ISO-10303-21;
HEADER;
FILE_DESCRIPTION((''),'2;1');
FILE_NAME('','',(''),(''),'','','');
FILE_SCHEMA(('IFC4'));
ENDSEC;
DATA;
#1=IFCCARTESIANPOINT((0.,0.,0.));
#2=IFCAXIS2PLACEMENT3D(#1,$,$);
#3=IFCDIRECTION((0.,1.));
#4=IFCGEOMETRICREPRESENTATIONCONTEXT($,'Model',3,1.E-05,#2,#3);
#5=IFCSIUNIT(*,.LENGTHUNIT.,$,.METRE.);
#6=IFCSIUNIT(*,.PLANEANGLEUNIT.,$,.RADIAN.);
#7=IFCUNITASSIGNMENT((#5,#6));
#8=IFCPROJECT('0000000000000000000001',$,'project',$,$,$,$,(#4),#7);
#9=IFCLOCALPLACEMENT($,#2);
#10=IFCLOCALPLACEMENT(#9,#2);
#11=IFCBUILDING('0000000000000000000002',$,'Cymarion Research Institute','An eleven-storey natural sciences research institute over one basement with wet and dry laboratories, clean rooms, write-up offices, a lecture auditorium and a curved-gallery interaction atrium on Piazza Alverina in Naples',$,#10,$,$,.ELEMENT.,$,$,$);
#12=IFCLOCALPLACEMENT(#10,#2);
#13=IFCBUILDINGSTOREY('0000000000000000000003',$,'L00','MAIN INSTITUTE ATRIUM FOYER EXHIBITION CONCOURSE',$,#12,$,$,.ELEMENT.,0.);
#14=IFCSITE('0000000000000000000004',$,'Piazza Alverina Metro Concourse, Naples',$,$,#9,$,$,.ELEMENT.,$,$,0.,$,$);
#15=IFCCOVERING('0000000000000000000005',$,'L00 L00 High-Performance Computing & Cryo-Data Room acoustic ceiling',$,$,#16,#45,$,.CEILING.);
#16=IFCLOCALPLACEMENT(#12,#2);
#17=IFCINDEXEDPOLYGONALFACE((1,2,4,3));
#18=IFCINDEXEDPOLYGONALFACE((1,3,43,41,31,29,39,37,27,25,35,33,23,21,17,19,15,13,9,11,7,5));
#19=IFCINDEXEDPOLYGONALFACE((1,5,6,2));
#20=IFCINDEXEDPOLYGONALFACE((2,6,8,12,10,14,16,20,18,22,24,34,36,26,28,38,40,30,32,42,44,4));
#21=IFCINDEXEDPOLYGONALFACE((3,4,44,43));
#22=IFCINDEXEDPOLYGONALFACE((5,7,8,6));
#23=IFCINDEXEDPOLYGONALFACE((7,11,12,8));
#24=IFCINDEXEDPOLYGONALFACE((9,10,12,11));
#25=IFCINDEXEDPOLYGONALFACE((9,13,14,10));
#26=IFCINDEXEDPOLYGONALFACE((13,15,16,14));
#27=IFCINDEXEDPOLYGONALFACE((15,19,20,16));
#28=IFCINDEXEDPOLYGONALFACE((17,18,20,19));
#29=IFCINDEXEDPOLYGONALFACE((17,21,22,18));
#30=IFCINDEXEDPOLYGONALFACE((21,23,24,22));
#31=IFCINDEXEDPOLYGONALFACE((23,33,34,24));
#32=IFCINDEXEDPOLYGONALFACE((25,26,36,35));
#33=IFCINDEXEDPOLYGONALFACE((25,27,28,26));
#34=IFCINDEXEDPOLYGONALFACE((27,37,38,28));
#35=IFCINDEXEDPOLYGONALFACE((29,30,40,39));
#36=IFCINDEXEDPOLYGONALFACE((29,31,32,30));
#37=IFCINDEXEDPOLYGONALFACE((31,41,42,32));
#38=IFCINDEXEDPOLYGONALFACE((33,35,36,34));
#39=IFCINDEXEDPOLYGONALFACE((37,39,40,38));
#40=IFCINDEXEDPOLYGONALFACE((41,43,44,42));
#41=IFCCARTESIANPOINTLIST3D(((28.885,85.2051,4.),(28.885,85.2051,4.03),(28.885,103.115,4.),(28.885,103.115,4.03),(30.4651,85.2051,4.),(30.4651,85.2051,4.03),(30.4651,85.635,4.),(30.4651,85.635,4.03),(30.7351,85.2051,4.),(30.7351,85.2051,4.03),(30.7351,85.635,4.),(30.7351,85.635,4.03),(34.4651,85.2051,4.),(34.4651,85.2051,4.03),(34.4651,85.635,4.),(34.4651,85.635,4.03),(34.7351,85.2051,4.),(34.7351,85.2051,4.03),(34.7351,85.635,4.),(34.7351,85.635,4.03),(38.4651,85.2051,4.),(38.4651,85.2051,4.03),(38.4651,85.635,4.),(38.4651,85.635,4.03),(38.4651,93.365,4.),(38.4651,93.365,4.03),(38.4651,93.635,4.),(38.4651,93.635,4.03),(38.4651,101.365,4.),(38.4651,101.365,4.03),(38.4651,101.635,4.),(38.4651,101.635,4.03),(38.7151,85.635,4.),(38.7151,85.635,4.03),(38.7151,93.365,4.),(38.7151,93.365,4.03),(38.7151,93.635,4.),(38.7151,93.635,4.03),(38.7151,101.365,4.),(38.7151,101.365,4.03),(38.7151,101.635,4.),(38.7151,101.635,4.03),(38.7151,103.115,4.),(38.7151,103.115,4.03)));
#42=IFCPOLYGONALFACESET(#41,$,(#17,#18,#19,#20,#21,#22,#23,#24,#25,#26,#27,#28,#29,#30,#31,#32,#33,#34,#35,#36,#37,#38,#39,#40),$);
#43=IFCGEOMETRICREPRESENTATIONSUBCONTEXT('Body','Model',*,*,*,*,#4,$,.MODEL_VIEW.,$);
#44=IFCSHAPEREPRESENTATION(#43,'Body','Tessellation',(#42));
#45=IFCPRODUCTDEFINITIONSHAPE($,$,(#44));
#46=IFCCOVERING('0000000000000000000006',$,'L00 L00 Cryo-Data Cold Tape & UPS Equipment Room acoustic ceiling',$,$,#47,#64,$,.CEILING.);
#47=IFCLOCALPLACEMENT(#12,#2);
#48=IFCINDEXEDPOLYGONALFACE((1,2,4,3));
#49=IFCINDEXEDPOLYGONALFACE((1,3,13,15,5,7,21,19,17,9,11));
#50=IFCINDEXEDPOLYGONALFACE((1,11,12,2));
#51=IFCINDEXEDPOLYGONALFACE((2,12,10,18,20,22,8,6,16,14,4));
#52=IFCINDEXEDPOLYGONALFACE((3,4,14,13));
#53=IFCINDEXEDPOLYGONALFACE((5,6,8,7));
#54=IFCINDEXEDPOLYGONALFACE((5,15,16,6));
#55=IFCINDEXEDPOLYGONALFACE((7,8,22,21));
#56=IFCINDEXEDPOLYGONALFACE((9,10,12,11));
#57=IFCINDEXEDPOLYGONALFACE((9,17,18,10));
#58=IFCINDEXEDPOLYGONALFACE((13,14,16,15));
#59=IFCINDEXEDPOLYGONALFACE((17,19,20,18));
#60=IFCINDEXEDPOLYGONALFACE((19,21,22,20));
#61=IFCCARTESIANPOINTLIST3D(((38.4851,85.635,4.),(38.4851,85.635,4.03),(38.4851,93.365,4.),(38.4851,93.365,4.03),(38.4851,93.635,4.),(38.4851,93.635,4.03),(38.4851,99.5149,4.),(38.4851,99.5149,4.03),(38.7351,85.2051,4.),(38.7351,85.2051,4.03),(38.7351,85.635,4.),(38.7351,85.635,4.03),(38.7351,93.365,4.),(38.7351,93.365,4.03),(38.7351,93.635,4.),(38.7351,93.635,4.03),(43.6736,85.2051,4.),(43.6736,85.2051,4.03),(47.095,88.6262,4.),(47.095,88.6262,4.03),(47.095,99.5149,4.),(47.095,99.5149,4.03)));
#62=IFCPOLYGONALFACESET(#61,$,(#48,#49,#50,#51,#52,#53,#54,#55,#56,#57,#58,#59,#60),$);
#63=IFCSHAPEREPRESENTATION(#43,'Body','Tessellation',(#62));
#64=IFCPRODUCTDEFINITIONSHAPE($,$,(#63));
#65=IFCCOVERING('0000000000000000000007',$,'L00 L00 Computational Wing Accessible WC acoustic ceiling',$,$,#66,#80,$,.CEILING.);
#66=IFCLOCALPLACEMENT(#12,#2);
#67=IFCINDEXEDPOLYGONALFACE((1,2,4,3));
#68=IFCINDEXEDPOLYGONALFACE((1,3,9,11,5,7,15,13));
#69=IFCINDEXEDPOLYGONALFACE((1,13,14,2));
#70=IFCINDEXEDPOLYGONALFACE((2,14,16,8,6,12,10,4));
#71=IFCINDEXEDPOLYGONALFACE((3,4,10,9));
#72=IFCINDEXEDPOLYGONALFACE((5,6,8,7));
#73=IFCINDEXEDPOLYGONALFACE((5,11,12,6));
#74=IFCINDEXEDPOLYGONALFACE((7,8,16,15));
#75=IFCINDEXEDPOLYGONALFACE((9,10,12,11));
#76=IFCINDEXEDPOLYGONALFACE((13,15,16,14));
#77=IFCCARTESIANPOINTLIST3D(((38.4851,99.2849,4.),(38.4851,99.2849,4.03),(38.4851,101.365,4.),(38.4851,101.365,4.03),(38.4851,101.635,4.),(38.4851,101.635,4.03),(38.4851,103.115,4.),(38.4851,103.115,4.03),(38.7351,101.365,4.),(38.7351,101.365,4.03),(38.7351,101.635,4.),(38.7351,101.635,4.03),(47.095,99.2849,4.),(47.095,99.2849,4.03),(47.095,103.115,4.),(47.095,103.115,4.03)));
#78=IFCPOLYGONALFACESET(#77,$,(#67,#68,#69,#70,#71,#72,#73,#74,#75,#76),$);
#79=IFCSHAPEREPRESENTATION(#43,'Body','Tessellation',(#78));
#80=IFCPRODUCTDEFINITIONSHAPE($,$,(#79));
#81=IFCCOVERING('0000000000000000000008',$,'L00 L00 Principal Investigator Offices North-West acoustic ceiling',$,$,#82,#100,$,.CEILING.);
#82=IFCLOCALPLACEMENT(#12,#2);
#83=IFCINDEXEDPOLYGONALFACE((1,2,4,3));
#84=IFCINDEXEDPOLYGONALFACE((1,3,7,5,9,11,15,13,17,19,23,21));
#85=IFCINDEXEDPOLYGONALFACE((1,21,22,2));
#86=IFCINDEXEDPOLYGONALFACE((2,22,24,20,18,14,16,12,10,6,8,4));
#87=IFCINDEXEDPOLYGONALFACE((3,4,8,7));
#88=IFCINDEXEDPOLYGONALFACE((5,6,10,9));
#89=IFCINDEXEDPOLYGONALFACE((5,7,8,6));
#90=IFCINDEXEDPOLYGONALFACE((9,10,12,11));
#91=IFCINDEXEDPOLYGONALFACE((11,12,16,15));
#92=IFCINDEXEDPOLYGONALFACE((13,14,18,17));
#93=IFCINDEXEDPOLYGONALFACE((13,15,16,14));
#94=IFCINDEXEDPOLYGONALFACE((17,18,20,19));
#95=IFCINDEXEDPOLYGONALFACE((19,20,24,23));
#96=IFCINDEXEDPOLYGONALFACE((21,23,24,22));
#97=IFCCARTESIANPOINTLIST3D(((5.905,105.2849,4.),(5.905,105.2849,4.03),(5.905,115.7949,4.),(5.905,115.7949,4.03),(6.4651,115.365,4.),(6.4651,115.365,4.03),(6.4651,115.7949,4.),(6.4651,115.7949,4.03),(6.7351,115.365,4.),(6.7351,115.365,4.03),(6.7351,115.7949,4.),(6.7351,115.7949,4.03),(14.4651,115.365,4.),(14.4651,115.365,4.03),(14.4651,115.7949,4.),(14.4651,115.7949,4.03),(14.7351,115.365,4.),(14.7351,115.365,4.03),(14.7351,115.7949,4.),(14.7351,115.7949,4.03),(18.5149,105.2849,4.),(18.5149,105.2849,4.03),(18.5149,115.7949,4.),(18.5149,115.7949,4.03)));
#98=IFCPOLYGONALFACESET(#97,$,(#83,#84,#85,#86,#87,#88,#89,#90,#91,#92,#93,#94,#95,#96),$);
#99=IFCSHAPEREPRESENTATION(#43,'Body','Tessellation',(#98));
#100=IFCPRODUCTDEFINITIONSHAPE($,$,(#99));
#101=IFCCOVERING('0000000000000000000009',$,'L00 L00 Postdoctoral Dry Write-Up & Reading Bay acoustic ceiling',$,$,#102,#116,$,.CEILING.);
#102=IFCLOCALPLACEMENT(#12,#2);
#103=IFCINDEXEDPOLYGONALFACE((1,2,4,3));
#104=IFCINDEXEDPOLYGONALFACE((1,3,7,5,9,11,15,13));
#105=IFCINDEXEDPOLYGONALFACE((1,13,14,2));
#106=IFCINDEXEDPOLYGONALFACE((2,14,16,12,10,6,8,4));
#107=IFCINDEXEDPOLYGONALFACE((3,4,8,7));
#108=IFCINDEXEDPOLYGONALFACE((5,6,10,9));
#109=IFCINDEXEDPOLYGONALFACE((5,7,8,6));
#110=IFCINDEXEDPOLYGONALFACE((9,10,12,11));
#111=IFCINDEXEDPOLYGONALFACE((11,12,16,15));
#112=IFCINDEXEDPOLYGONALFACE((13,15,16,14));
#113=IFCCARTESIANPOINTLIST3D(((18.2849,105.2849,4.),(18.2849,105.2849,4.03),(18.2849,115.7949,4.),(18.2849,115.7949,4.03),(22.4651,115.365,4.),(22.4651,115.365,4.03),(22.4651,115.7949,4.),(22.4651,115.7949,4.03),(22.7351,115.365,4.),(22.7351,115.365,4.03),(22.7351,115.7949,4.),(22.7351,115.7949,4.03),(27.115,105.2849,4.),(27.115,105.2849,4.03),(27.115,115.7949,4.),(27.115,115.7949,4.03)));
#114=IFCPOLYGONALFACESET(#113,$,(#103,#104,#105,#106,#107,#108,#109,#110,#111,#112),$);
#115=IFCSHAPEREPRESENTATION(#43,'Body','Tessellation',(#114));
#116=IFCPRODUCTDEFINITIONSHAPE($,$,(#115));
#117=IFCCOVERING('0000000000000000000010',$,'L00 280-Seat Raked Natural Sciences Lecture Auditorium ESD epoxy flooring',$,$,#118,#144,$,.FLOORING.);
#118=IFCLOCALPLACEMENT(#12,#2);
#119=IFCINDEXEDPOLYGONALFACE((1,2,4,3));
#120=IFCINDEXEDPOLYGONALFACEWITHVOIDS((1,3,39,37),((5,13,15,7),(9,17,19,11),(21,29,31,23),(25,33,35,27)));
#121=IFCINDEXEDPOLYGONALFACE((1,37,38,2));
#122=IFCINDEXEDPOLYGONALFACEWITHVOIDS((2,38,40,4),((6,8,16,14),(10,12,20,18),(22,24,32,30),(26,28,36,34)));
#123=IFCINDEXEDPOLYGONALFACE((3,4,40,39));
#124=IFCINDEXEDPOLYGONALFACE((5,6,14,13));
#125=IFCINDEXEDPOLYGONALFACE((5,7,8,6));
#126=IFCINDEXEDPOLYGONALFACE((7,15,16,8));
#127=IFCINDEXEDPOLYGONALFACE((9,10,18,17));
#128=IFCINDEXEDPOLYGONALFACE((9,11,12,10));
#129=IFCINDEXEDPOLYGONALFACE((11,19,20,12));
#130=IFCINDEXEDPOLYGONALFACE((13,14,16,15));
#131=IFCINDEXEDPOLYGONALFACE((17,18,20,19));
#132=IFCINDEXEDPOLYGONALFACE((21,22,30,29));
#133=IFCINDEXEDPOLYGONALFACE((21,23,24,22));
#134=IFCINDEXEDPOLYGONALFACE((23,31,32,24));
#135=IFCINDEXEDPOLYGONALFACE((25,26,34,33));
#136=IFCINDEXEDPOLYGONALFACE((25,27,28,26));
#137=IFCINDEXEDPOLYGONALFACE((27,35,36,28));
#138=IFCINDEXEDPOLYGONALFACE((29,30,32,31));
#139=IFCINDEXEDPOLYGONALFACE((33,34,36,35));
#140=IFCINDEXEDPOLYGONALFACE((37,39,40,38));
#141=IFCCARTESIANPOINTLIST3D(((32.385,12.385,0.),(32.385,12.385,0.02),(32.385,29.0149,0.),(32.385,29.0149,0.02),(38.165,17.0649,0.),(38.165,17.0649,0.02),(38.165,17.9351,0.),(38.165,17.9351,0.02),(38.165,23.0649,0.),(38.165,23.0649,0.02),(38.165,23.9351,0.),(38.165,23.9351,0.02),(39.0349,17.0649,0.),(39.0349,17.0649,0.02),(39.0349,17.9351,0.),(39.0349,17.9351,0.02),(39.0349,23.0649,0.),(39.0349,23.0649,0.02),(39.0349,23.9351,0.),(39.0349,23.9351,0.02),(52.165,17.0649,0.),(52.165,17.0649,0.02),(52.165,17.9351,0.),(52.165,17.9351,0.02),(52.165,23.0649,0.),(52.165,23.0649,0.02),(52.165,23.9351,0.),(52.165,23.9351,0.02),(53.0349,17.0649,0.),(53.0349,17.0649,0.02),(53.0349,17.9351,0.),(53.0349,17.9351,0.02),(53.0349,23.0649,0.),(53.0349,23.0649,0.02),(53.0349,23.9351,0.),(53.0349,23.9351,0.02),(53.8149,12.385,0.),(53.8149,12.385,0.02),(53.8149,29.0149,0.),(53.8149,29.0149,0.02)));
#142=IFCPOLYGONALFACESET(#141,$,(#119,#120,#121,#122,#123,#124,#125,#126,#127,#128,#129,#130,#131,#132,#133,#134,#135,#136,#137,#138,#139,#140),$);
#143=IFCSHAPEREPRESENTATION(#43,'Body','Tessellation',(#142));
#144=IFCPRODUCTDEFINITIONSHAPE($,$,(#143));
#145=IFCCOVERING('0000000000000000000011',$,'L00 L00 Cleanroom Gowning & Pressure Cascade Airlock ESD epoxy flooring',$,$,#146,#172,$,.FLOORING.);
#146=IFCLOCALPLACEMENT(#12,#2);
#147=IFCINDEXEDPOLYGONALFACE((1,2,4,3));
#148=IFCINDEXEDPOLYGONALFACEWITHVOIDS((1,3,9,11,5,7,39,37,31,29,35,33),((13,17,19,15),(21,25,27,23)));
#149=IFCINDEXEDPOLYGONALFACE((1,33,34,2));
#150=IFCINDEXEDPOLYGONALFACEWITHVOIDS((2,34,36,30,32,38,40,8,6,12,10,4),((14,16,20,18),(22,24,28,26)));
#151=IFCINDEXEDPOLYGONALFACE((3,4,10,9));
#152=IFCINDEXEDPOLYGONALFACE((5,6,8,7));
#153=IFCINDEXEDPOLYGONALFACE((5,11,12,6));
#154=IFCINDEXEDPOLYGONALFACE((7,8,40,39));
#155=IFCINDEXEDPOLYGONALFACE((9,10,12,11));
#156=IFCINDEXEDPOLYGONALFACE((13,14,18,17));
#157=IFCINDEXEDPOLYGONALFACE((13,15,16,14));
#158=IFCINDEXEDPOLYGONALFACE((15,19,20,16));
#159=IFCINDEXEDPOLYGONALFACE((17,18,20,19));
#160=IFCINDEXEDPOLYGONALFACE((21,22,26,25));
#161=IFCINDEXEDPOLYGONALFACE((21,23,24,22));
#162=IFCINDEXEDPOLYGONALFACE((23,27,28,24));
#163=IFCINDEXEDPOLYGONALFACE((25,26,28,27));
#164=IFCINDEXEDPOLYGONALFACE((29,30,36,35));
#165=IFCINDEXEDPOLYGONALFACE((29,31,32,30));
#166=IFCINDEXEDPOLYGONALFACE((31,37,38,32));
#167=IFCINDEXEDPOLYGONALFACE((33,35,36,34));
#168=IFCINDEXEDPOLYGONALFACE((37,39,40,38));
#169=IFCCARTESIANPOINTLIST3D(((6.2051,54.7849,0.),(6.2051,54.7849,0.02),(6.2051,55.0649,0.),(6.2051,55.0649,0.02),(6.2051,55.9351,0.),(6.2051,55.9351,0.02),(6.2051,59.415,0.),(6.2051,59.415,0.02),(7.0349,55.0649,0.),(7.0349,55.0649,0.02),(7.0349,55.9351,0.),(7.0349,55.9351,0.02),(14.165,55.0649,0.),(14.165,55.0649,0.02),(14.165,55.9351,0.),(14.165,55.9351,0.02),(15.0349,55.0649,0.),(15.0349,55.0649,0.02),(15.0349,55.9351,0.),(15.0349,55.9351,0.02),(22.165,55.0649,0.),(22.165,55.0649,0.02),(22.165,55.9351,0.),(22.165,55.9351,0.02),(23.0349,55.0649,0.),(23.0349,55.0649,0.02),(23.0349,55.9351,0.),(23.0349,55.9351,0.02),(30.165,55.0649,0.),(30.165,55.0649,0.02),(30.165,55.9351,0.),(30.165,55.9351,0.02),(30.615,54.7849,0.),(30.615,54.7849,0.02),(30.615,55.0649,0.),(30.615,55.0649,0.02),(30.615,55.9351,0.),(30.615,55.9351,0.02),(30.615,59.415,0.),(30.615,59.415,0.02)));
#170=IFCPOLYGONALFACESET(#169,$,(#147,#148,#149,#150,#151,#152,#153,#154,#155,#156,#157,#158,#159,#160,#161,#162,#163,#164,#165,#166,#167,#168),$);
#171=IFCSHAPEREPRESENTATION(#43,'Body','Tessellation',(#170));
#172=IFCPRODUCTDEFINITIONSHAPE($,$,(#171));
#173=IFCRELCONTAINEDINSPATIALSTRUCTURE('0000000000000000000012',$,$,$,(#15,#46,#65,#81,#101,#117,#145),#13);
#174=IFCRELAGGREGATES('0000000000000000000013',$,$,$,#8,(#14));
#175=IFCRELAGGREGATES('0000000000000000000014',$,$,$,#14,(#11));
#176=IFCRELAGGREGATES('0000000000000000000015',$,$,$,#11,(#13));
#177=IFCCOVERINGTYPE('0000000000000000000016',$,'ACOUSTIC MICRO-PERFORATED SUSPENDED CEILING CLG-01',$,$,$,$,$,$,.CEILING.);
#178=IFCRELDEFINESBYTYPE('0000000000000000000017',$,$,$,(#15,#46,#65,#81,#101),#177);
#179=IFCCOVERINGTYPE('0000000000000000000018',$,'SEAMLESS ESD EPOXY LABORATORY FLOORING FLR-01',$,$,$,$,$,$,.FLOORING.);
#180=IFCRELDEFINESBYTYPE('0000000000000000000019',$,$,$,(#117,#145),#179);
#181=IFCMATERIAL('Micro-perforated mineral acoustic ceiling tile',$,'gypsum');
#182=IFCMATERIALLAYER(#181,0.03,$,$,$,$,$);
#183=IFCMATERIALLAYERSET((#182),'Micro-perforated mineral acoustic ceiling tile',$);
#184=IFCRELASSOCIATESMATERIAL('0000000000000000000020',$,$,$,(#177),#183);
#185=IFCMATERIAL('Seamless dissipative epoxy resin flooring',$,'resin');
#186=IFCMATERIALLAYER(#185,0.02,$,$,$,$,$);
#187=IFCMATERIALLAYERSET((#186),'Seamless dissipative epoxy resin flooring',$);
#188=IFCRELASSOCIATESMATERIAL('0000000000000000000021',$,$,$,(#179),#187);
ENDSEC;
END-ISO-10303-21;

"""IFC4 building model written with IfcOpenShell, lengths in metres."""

from ifc_helpers import new_model, si_unit, direction, frame, origin, place, context, subcontext, project, spatial, polyline, outline, extrude, material, layer, layer_set, type_object, element, save


model = new_model("IFC4")

# Units and contexts
model_context = context("Model", 3, precision=1e-05, world=origin(), true_north=direction((0.0, 1.0)))
body_context = subcontext(model_context, "Body", "Model", "MODEL_VIEW")
ifc_project = project(units=[si_unit("LENGTHUNIT", "METRE"), si_unit("PLANEANGLEUNIT", "RADIAN")], contexts=[model_context])

# Site, building, storey
site_placement = place(None, origin())
site = spatial("IfcSite", under=ifc_project, at=site_placement, Name="Piazza Alverina Metro Concourse, Naples", CompositionType="ELEMENT", RefElevation=0.0)
building_placement = place(site_placement, origin())
building = spatial("IfcBuilding", under=site, at=building_placement, Name="Cymarion Research Institute", Description="An eleven-storey natural sciences research institute over one basement with wet and dry laboratories, clean rooms, write-up offices, a lecture auditorium and a curved-gallery interaction atrium on Piazza Alverina in Naples", CompositionType="ELEMENT")
storey_placement = place(building_placement, origin())
storey = spatial("IfcBuildingStorey", under=building, at=storey_placement, Name="L00", Description="MAIN INSTITUTE ATRIUM FOYER EXHIBITION CONCOURSE", CompositionType="ELEMENT", Elevation=0.0)

# Coverings
ifc_material_1 = material(Name="Micro-perforated mineral acoustic ceiling tile", Category="gypsum")
ifc_layer_1 = layer(ifc_material_1, 0.03)
ifc_layer_set_1 = layer_set([ifc_layer_1], Name="Micro-perforated mineral acoustic ceiling tile")
covering_type_1 = type_object("IfcCoveringType", Name="ACOUSTIC MICRO-PERFORATED SUSPENDED CEILING CLG-01", PredefinedType="CEILING", material=ifc_layer_set_1)
covering_1_placement = place(storey_placement, frame((0.0, 0.0, 4.0)))
element("IfcCovering", 1, at=covering_1_placement, inside=storey, type_object=covering_type_1, Name="L00 L00 High-Performance Computing & Cryo-Data Room acoustic ceiling", PredefinedType="CEILING", context=body_context, shape_type="SweptSolid", body=[
    extrude(outline(polyline([(38.7151, 101.635), (38.4651, 101.635), (38.4651, 101.365), (38.7151, 101.365), (38.7151, 93.635), (38.4651, 93.635), (38.4651, 93.365), (38.7151, 93.365), (38.7151, 85.635), (38.4651, 85.635), (38.4651, 85.2051), (34.7351, 85.2051), (34.7351, 85.635), (34.4651, 85.635), (34.4651, 85.2051), (30.7351, 85.2051), (30.7351, 85.635), (30.4651, 85.635), (30.4651, 85.2051), (28.885, 85.2051), (28.885, 103.115), (38.7151, 103.115), (38.7151, 101.635)])), origin(), (0.0, 0.0, 1.0), 0.03),
])
covering_2_placement = place(storey_placement, frame((0.0, 0.0, 4.0)))
element("IfcCovering", 2, at=covering_2_placement, inside=storey, type_object=covering_type_1, Name="L00 L00 Cryo-Data Cold Tape & UPS Equipment Room acoustic ceiling", PredefinedType="CEILING", context=body_context, shape_type="SweptSolid", body=[
    extrude(outline(polyline([(47.095, 88.6262), (43.6736, 85.2051), (38.7351, 85.2051), (38.7351, 85.635), (38.4851, 85.635), (38.4851, 93.365), (38.7351, 93.365), (38.7351, 93.635), (38.4851, 93.635), (38.4851, 99.5149), (47.095, 99.5149), (47.095, 88.6262)])), origin(), (0.0, 0.0, 1.0), 0.03),
])
covering_3_placement = place(storey_placement, frame((0.0, 0.0, 4.0)))
element("IfcCovering", 3, at=covering_3_placement, inside=storey, type_object=covering_type_1, Name="L00 L00 Computational Wing Accessible WC acoustic ceiling", PredefinedType="CEILING", context=body_context, shape_type="SweptSolid", body=[
    extrude(outline(polyline([(38.7351, 101.365), (38.7351, 101.635), (38.4851, 101.635), (38.4851, 103.115), (47.095, 103.115), (47.095, 99.2849), (38.4851, 99.2849), (38.4851, 101.365), (38.7351, 101.365)])), origin(), (0.0, 0.0, 1.0), 0.03),
])
covering_4_placement = place(storey_placement, frame((0.0, 0.0, 4.0)))
element("IfcCovering", 4, at=covering_4_placement, inside=storey, type_object=covering_type_1, Name="L00 L00 Principal Investigator Offices North-West acoustic ceiling", PredefinedType="CEILING", context=body_context, shape_type="SweptSolid", body=[
    extrude(outline(polyline([(5.905, 115.7949), (6.4651, 115.7949), (6.4651, 115.365), (6.7351, 115.365), (6.7351, 115.7949), (14.4651, 115.7949), (14.4651, 115.365), (14.7351, 115.365), (14.7351, 115.7949), (18.5149, 115.7949), (18.5149, 105.2849), (5.905, 105.2849), (5.905, 115.7949)])), origin(), (0.0, 0.0, 1.0), 0.03),
])
covering_5_placement = place(storey_placement, frame((0.0, 0.0, 4.0)))
element("IfcCovering", 5, at=covering_5_placement, inside=storey, type_object=covering_type_1, Name="L00 L00 Postdoctoral Dry Write-Up & Reading Bay acoustic ceiling", PredefinedType="CEILING", context=body_context, shape_type="SweptSolid", body=[
    extrude(outline(polyline([(18.2849, 115.7949), (22.4651, 115.7949), (22.4651, 115.365), (22.7351, 115.365), (22.7351, 115.7949), (27.115, 115.7949), (27.115, 105.2849), (18.2849, 105.2849), (18.2849, 115.7949)])), origin(), (0.0, 0.0, 1.0), 0.03),
])
ifc_material_2 = material(Name="Seamless dissipative epoxy resin flooring", Category="resin")
ifc_layer_2 = layer(ifc_material_2, 0.02)
ifc_layer_set_2 = layer_set([ifc_layer_2], Name="Seamless dissipative epoxy resin flooring")
covering_type_2 = type_object("IfcCoveringType", Name="SEAMLESS ESD EPOXY LABORATORY FLOORING FLR-01", PredefinedType="FLOORING", material=ifc_layer_set_2)
covering_6_placement = place(storey_placement, origin())
element("IfcCovering", 6, at=covering_6_placement, inside=storey, type_object=covering_type_2, Name="L00 280-Seat Raked Natural Sciences Lecture Auditorium ESD epoxy flooring", PredefinedType="FLOORING", context=body_context, shape_type="SweptSolid", body=[
    extrude(outline(polyline([(32.385, 29.0149), (53.8149, 29.0149), (53.8149, 12.385), (32.385, 12.385), (32.385, 29.0149)]), holes=[polyline([(53.0349, 17.9351), (52.165, 17.9351), (52.165, 17.0649), (53.0349, 17.0649), (53.0349, 17.9351)]), polyline([(53.0349, 23.9351), (52.165, 23.9351), (52.165, 23.0649), (53.0349, 23.0649), (53.0349, 23.9351)]), polyline([(39.0349, 17.9351), (38.165, 17.9351), (38.165, 17.0649), (39.0349, 17.0649), (39.0349, 17.9351)]), polyline([(39.0349, 23.9351), (38.165, 23.9351), (38.165, 23.0649), (39.0349, 23.0649), (39.0349, 23.9351)])]), origin(), (0.0, 0.0, 1.0), 0.02),
])
covering_7_placement = place(storey_placement, origin())
element("IfcCovering", 7, at=covering_7_placement, inside=storey, type_object=covering_type_2, Name="L00 L00 Cleanroom Gowning & Pressure Cascade Airlock ESD epoxy flooring", PredefinedType="FLOORING", context=body_context, shape_type="SweptSolid", body=[
    extrude(outline(polyline([(6.2051, 55.0649), (7.0349, 55.0649), (7.0349, 55.9351), (6.2051, 55.9351), (6.2051, 59.415), (30.615, 59.415), (30.615, 55.9351), (30.165, 55.9351), (30.165, 55.0649), (30.615, 55.0649), (30.615, 54.7849), (6.2051, 54.7849), (6.2051, 55.0649)]), holes=[polyline([(23.0349, 55.9351), (22.165, 55.9351), (22.165, 55.0649), (23.0349, 55.0649), (23.0349, 55.9351)]), polyline([(15.0349, 55.9351), (14.165, 55.9351), (14.165, 55.0649), (15.0349, 55.0649), (15.0349, 55.9351)])]), origin(), (0.0, 0.0, 1.0), 0.02),
])

save(model, "model.ifc")
